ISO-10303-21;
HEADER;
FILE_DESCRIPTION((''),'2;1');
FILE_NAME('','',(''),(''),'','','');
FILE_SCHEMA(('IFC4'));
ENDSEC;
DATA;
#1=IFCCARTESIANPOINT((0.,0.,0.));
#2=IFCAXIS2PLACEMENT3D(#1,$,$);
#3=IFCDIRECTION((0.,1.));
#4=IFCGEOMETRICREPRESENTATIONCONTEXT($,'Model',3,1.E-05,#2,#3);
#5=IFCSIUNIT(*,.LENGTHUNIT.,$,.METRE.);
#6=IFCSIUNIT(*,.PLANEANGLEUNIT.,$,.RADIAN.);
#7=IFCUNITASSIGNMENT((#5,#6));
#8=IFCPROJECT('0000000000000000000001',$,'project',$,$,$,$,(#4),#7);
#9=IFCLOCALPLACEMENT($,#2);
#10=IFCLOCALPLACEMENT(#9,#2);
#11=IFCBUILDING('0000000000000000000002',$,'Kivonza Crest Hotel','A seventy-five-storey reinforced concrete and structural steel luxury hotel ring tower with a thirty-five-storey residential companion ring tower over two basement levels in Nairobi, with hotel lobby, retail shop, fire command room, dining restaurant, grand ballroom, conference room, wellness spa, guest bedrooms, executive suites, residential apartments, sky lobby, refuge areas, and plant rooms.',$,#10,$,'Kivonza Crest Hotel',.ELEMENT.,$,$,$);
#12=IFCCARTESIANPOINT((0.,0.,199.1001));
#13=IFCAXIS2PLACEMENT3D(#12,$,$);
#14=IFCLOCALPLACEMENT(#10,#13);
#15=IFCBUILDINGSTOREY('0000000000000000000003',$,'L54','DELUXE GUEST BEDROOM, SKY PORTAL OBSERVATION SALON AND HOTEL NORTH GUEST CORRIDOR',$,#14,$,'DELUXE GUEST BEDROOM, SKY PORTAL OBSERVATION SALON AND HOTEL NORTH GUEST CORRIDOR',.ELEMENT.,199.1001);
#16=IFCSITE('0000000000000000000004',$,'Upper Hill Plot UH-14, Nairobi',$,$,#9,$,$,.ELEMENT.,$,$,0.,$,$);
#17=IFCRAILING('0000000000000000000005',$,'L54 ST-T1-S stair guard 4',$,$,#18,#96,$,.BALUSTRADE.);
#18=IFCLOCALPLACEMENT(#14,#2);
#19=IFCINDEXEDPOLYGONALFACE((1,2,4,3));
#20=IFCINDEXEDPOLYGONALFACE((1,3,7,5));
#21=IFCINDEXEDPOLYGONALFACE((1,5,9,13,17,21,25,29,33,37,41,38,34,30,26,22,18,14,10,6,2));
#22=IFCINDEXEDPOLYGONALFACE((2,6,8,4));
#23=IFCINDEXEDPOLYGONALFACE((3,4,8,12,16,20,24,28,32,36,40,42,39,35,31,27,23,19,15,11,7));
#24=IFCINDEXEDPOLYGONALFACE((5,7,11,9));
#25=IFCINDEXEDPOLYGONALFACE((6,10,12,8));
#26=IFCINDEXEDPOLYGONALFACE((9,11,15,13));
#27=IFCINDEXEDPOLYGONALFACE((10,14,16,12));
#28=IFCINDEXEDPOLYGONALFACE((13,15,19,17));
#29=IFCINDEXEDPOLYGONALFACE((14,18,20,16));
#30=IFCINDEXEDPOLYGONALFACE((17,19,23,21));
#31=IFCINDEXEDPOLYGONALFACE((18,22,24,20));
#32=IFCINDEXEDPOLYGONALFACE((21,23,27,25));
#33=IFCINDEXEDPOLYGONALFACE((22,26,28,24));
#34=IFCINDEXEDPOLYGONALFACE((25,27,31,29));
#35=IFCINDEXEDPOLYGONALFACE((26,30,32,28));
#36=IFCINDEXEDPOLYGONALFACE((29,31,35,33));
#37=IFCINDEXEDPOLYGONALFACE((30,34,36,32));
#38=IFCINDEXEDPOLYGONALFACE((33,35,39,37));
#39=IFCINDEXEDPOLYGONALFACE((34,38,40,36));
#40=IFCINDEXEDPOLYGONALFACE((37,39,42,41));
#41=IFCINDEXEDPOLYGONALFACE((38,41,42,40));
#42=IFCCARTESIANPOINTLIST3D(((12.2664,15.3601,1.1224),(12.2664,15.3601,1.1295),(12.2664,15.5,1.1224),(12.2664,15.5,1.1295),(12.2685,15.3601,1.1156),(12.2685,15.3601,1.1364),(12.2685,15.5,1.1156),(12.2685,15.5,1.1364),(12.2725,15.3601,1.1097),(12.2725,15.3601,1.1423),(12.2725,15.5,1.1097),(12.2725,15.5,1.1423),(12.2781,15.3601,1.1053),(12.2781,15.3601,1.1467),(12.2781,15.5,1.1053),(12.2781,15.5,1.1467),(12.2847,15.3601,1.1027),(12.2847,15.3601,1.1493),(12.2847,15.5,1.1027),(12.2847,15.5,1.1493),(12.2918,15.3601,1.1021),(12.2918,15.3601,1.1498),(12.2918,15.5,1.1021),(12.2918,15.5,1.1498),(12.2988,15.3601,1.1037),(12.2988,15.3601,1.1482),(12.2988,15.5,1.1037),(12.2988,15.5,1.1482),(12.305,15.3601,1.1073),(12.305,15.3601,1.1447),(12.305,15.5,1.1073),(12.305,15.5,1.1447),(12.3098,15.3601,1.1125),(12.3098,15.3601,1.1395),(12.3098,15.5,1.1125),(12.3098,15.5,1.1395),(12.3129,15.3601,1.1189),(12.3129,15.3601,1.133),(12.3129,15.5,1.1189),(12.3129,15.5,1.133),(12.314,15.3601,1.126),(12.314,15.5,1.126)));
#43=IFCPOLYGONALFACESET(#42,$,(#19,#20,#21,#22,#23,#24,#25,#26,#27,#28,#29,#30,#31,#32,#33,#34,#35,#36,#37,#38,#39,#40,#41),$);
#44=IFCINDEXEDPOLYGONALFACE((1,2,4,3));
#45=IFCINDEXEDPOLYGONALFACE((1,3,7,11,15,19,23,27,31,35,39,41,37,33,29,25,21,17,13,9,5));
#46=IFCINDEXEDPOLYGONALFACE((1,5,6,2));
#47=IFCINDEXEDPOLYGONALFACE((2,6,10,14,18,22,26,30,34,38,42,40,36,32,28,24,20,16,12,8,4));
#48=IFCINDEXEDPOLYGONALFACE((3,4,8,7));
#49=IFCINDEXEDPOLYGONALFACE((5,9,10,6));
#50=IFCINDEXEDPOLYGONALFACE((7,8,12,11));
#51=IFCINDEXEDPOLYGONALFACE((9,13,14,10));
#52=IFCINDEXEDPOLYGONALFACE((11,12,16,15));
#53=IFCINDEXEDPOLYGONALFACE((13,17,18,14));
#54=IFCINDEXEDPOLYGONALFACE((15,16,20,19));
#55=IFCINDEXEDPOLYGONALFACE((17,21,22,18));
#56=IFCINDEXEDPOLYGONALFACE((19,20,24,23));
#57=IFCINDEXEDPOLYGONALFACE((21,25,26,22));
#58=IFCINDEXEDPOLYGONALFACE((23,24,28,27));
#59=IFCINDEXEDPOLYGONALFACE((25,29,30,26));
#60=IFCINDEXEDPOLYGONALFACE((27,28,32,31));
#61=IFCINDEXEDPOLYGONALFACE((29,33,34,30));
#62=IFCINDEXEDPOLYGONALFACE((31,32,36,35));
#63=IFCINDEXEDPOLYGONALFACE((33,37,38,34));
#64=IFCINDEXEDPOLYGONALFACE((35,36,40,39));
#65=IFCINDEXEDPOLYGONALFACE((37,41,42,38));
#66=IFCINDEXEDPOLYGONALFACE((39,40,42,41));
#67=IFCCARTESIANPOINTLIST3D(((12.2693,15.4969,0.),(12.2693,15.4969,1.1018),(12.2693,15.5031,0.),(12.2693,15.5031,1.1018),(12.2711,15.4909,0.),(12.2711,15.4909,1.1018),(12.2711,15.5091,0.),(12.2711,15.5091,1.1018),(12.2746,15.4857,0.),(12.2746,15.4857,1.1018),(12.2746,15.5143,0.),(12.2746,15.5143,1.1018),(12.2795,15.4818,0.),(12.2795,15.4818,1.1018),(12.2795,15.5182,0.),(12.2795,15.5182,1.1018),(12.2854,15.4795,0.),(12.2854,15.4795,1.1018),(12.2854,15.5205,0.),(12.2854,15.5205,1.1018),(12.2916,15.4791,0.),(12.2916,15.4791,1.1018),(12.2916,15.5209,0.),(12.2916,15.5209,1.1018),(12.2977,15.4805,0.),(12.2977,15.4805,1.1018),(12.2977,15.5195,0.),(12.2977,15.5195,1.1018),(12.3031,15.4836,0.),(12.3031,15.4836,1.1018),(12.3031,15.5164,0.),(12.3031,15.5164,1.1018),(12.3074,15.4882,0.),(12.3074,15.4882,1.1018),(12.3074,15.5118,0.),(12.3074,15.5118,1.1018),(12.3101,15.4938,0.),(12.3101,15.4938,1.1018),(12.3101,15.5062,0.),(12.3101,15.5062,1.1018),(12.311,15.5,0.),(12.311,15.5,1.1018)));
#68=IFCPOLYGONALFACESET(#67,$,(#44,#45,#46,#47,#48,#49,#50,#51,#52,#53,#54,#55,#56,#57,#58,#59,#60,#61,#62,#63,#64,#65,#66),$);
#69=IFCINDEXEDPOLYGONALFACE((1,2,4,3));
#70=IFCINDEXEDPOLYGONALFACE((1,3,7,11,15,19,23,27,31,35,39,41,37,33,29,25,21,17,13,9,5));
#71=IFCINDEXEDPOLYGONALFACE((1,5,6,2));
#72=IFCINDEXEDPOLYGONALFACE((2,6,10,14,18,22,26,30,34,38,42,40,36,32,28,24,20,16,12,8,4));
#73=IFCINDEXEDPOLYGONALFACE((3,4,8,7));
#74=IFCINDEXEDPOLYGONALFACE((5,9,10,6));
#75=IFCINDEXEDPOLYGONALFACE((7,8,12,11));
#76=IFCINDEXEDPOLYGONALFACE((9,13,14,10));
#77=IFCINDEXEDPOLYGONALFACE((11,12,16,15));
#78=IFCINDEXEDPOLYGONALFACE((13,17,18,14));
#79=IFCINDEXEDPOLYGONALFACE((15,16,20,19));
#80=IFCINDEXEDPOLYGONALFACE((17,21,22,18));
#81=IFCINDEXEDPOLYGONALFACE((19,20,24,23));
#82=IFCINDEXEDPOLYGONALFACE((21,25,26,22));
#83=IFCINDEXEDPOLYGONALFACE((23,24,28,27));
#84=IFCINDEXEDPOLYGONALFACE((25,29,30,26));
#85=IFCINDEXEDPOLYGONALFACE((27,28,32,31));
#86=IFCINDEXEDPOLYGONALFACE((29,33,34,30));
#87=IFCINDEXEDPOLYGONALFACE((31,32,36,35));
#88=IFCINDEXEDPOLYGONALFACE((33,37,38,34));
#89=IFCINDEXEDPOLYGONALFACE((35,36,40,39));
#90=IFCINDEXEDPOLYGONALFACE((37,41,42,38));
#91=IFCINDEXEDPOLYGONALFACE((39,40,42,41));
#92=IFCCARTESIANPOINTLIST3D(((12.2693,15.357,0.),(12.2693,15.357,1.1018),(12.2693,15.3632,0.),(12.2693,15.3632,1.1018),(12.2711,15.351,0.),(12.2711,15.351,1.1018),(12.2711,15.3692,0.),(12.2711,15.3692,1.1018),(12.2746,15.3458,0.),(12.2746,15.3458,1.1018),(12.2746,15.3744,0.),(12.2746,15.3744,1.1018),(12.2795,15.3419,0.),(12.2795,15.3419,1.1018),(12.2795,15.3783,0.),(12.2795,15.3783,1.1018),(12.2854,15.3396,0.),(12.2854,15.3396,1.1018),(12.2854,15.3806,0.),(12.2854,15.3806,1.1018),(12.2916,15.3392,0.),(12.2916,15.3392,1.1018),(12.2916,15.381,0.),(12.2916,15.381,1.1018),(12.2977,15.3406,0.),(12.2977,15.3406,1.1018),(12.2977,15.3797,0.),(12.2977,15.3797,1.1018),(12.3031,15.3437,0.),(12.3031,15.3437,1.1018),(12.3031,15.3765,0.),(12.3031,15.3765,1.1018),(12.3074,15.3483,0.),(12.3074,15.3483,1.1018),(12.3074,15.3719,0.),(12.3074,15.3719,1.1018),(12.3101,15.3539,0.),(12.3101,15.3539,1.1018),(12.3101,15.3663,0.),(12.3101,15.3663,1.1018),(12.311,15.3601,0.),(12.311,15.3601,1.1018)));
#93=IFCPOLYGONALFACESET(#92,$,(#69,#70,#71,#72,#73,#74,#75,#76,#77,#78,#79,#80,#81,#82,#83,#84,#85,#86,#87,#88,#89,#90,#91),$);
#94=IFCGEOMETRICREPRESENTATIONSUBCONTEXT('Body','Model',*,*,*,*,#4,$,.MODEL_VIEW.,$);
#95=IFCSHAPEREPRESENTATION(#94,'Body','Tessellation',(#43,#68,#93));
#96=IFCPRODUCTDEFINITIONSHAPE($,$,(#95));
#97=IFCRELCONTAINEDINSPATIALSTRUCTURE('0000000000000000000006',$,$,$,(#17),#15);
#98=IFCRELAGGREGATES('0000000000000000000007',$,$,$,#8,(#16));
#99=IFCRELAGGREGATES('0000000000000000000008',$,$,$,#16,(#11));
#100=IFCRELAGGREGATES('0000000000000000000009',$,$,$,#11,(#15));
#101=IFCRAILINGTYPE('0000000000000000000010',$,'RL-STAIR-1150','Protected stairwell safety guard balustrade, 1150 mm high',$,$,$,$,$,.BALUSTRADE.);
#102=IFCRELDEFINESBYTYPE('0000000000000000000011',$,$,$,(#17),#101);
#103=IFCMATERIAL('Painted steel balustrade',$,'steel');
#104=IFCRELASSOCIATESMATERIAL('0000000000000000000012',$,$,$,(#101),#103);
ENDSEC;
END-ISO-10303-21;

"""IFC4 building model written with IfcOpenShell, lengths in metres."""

from ifc_helpers import new_model, si_unit, direction, frame, origin, origin_2d, place, context, subcontext, project, spatial, circle, extrude, material, type_object, element, save


model = new_model("IFC4")

# Units and contexts
model_context = context("Model", 3, precision=1e-05, world=origin(), true_north=direction((0.0, 1.0)))
body_context = subcontext(model_context, "Body", "Model", "MODEL_VIEW")
ifc_project = project(units=[si_unit("LENGTHUNIT", "METRE"), si_unit("PLANEANGLEUNIT", "RADIAN")], contexts=[model_context])

# Site, building, storey
site_placement = place(None, origin())
site = spatial("IfcSite", under=ifc_project, at=site_placement, Name="Upper Hill Plot UH-14, Nairobi", CompositionType="ELEMENT", RefElevation=0.0)
building_placement = place(site_placement, origin())
building = spatial("IfcBuilding", under=site, at=building_placement, Name="Kivonza Crest Hotel", Description="A seventy-five-storey reinforced concrete and structural steel luxury hotel ring tower with a thirty-five-storey residential companion ring tower over two basement levels in Nairobi, with hotel lobby, retail shop, fire command room, dining restaurant, grand ballroom, conference room, wellness spa, guest bedrooms, executive suites, residential apartments, sky lobby, refuge areas, and plant rooms.", LongName="Kivonza Crest Hotel", CompositionType="ELEMENT")
storey_placement = place(building_placement, frame((0.0, 0.0, 199.1001)))
storey = spatial("IfcBuildingStorey", under=building, at=storey_placement, Name="L54", Description="DELUXE GUEST BEDROOM, SKY PORTAL OBSERVATION SALON AND HOTEL NORTH GUEST CORRIDOR", LongName="DELUXE GUEST BEDROOM, SKY PORTAL OBSERVATION SALON AND HOTEL NORTH GUEST CORRIDOR", CompositionType="ELEMENT", Elevation=199.1001)

# Railing
ifc_material_1 = material(Name="Painted steel balustrade", Category="steel")
railing_type_1 = type_object("IfcRailingType", Name="RL-STAIR-1150", Description="Protected stairwell safety guard balustrade, 1150 mm high", PredefinedType="BALUSTRADE", material=ifc_material_1)
railing_1_placement = place(storey_placement, frame((12.29, 15.5, 0.0)))
element("IfcRailing", 1, at=railing_1_placement, inside=storey, type_object=railing_type_1, Name="L54 ST-T1-S stair guard 4", PredefinedType="BALUSTRADE", context=body_context, shape_type="SweptSolid", body=[
    extrude(circle(Radius=0.0239, at=origin_2d()), frame((0.0, 0.0, 1.126), z_axis=(0.0, -1.0, 0.0), x_axis=(1.0, 0.0, 0.0)), (0.0, 0.0, 1.0), 0.1399),
    extrude(circle(Radius=0.021, at=origin_2d()), origin(), (0.0, 0.0, 1.0), 1.1018),
    extrude(circle(Radius=0.021, at=origin_2d()), frame((0.0, -0.1399, 0.0)), (0.0, 0.0, 1.0), 1.1018),
])

save(model, "model.ifc")
